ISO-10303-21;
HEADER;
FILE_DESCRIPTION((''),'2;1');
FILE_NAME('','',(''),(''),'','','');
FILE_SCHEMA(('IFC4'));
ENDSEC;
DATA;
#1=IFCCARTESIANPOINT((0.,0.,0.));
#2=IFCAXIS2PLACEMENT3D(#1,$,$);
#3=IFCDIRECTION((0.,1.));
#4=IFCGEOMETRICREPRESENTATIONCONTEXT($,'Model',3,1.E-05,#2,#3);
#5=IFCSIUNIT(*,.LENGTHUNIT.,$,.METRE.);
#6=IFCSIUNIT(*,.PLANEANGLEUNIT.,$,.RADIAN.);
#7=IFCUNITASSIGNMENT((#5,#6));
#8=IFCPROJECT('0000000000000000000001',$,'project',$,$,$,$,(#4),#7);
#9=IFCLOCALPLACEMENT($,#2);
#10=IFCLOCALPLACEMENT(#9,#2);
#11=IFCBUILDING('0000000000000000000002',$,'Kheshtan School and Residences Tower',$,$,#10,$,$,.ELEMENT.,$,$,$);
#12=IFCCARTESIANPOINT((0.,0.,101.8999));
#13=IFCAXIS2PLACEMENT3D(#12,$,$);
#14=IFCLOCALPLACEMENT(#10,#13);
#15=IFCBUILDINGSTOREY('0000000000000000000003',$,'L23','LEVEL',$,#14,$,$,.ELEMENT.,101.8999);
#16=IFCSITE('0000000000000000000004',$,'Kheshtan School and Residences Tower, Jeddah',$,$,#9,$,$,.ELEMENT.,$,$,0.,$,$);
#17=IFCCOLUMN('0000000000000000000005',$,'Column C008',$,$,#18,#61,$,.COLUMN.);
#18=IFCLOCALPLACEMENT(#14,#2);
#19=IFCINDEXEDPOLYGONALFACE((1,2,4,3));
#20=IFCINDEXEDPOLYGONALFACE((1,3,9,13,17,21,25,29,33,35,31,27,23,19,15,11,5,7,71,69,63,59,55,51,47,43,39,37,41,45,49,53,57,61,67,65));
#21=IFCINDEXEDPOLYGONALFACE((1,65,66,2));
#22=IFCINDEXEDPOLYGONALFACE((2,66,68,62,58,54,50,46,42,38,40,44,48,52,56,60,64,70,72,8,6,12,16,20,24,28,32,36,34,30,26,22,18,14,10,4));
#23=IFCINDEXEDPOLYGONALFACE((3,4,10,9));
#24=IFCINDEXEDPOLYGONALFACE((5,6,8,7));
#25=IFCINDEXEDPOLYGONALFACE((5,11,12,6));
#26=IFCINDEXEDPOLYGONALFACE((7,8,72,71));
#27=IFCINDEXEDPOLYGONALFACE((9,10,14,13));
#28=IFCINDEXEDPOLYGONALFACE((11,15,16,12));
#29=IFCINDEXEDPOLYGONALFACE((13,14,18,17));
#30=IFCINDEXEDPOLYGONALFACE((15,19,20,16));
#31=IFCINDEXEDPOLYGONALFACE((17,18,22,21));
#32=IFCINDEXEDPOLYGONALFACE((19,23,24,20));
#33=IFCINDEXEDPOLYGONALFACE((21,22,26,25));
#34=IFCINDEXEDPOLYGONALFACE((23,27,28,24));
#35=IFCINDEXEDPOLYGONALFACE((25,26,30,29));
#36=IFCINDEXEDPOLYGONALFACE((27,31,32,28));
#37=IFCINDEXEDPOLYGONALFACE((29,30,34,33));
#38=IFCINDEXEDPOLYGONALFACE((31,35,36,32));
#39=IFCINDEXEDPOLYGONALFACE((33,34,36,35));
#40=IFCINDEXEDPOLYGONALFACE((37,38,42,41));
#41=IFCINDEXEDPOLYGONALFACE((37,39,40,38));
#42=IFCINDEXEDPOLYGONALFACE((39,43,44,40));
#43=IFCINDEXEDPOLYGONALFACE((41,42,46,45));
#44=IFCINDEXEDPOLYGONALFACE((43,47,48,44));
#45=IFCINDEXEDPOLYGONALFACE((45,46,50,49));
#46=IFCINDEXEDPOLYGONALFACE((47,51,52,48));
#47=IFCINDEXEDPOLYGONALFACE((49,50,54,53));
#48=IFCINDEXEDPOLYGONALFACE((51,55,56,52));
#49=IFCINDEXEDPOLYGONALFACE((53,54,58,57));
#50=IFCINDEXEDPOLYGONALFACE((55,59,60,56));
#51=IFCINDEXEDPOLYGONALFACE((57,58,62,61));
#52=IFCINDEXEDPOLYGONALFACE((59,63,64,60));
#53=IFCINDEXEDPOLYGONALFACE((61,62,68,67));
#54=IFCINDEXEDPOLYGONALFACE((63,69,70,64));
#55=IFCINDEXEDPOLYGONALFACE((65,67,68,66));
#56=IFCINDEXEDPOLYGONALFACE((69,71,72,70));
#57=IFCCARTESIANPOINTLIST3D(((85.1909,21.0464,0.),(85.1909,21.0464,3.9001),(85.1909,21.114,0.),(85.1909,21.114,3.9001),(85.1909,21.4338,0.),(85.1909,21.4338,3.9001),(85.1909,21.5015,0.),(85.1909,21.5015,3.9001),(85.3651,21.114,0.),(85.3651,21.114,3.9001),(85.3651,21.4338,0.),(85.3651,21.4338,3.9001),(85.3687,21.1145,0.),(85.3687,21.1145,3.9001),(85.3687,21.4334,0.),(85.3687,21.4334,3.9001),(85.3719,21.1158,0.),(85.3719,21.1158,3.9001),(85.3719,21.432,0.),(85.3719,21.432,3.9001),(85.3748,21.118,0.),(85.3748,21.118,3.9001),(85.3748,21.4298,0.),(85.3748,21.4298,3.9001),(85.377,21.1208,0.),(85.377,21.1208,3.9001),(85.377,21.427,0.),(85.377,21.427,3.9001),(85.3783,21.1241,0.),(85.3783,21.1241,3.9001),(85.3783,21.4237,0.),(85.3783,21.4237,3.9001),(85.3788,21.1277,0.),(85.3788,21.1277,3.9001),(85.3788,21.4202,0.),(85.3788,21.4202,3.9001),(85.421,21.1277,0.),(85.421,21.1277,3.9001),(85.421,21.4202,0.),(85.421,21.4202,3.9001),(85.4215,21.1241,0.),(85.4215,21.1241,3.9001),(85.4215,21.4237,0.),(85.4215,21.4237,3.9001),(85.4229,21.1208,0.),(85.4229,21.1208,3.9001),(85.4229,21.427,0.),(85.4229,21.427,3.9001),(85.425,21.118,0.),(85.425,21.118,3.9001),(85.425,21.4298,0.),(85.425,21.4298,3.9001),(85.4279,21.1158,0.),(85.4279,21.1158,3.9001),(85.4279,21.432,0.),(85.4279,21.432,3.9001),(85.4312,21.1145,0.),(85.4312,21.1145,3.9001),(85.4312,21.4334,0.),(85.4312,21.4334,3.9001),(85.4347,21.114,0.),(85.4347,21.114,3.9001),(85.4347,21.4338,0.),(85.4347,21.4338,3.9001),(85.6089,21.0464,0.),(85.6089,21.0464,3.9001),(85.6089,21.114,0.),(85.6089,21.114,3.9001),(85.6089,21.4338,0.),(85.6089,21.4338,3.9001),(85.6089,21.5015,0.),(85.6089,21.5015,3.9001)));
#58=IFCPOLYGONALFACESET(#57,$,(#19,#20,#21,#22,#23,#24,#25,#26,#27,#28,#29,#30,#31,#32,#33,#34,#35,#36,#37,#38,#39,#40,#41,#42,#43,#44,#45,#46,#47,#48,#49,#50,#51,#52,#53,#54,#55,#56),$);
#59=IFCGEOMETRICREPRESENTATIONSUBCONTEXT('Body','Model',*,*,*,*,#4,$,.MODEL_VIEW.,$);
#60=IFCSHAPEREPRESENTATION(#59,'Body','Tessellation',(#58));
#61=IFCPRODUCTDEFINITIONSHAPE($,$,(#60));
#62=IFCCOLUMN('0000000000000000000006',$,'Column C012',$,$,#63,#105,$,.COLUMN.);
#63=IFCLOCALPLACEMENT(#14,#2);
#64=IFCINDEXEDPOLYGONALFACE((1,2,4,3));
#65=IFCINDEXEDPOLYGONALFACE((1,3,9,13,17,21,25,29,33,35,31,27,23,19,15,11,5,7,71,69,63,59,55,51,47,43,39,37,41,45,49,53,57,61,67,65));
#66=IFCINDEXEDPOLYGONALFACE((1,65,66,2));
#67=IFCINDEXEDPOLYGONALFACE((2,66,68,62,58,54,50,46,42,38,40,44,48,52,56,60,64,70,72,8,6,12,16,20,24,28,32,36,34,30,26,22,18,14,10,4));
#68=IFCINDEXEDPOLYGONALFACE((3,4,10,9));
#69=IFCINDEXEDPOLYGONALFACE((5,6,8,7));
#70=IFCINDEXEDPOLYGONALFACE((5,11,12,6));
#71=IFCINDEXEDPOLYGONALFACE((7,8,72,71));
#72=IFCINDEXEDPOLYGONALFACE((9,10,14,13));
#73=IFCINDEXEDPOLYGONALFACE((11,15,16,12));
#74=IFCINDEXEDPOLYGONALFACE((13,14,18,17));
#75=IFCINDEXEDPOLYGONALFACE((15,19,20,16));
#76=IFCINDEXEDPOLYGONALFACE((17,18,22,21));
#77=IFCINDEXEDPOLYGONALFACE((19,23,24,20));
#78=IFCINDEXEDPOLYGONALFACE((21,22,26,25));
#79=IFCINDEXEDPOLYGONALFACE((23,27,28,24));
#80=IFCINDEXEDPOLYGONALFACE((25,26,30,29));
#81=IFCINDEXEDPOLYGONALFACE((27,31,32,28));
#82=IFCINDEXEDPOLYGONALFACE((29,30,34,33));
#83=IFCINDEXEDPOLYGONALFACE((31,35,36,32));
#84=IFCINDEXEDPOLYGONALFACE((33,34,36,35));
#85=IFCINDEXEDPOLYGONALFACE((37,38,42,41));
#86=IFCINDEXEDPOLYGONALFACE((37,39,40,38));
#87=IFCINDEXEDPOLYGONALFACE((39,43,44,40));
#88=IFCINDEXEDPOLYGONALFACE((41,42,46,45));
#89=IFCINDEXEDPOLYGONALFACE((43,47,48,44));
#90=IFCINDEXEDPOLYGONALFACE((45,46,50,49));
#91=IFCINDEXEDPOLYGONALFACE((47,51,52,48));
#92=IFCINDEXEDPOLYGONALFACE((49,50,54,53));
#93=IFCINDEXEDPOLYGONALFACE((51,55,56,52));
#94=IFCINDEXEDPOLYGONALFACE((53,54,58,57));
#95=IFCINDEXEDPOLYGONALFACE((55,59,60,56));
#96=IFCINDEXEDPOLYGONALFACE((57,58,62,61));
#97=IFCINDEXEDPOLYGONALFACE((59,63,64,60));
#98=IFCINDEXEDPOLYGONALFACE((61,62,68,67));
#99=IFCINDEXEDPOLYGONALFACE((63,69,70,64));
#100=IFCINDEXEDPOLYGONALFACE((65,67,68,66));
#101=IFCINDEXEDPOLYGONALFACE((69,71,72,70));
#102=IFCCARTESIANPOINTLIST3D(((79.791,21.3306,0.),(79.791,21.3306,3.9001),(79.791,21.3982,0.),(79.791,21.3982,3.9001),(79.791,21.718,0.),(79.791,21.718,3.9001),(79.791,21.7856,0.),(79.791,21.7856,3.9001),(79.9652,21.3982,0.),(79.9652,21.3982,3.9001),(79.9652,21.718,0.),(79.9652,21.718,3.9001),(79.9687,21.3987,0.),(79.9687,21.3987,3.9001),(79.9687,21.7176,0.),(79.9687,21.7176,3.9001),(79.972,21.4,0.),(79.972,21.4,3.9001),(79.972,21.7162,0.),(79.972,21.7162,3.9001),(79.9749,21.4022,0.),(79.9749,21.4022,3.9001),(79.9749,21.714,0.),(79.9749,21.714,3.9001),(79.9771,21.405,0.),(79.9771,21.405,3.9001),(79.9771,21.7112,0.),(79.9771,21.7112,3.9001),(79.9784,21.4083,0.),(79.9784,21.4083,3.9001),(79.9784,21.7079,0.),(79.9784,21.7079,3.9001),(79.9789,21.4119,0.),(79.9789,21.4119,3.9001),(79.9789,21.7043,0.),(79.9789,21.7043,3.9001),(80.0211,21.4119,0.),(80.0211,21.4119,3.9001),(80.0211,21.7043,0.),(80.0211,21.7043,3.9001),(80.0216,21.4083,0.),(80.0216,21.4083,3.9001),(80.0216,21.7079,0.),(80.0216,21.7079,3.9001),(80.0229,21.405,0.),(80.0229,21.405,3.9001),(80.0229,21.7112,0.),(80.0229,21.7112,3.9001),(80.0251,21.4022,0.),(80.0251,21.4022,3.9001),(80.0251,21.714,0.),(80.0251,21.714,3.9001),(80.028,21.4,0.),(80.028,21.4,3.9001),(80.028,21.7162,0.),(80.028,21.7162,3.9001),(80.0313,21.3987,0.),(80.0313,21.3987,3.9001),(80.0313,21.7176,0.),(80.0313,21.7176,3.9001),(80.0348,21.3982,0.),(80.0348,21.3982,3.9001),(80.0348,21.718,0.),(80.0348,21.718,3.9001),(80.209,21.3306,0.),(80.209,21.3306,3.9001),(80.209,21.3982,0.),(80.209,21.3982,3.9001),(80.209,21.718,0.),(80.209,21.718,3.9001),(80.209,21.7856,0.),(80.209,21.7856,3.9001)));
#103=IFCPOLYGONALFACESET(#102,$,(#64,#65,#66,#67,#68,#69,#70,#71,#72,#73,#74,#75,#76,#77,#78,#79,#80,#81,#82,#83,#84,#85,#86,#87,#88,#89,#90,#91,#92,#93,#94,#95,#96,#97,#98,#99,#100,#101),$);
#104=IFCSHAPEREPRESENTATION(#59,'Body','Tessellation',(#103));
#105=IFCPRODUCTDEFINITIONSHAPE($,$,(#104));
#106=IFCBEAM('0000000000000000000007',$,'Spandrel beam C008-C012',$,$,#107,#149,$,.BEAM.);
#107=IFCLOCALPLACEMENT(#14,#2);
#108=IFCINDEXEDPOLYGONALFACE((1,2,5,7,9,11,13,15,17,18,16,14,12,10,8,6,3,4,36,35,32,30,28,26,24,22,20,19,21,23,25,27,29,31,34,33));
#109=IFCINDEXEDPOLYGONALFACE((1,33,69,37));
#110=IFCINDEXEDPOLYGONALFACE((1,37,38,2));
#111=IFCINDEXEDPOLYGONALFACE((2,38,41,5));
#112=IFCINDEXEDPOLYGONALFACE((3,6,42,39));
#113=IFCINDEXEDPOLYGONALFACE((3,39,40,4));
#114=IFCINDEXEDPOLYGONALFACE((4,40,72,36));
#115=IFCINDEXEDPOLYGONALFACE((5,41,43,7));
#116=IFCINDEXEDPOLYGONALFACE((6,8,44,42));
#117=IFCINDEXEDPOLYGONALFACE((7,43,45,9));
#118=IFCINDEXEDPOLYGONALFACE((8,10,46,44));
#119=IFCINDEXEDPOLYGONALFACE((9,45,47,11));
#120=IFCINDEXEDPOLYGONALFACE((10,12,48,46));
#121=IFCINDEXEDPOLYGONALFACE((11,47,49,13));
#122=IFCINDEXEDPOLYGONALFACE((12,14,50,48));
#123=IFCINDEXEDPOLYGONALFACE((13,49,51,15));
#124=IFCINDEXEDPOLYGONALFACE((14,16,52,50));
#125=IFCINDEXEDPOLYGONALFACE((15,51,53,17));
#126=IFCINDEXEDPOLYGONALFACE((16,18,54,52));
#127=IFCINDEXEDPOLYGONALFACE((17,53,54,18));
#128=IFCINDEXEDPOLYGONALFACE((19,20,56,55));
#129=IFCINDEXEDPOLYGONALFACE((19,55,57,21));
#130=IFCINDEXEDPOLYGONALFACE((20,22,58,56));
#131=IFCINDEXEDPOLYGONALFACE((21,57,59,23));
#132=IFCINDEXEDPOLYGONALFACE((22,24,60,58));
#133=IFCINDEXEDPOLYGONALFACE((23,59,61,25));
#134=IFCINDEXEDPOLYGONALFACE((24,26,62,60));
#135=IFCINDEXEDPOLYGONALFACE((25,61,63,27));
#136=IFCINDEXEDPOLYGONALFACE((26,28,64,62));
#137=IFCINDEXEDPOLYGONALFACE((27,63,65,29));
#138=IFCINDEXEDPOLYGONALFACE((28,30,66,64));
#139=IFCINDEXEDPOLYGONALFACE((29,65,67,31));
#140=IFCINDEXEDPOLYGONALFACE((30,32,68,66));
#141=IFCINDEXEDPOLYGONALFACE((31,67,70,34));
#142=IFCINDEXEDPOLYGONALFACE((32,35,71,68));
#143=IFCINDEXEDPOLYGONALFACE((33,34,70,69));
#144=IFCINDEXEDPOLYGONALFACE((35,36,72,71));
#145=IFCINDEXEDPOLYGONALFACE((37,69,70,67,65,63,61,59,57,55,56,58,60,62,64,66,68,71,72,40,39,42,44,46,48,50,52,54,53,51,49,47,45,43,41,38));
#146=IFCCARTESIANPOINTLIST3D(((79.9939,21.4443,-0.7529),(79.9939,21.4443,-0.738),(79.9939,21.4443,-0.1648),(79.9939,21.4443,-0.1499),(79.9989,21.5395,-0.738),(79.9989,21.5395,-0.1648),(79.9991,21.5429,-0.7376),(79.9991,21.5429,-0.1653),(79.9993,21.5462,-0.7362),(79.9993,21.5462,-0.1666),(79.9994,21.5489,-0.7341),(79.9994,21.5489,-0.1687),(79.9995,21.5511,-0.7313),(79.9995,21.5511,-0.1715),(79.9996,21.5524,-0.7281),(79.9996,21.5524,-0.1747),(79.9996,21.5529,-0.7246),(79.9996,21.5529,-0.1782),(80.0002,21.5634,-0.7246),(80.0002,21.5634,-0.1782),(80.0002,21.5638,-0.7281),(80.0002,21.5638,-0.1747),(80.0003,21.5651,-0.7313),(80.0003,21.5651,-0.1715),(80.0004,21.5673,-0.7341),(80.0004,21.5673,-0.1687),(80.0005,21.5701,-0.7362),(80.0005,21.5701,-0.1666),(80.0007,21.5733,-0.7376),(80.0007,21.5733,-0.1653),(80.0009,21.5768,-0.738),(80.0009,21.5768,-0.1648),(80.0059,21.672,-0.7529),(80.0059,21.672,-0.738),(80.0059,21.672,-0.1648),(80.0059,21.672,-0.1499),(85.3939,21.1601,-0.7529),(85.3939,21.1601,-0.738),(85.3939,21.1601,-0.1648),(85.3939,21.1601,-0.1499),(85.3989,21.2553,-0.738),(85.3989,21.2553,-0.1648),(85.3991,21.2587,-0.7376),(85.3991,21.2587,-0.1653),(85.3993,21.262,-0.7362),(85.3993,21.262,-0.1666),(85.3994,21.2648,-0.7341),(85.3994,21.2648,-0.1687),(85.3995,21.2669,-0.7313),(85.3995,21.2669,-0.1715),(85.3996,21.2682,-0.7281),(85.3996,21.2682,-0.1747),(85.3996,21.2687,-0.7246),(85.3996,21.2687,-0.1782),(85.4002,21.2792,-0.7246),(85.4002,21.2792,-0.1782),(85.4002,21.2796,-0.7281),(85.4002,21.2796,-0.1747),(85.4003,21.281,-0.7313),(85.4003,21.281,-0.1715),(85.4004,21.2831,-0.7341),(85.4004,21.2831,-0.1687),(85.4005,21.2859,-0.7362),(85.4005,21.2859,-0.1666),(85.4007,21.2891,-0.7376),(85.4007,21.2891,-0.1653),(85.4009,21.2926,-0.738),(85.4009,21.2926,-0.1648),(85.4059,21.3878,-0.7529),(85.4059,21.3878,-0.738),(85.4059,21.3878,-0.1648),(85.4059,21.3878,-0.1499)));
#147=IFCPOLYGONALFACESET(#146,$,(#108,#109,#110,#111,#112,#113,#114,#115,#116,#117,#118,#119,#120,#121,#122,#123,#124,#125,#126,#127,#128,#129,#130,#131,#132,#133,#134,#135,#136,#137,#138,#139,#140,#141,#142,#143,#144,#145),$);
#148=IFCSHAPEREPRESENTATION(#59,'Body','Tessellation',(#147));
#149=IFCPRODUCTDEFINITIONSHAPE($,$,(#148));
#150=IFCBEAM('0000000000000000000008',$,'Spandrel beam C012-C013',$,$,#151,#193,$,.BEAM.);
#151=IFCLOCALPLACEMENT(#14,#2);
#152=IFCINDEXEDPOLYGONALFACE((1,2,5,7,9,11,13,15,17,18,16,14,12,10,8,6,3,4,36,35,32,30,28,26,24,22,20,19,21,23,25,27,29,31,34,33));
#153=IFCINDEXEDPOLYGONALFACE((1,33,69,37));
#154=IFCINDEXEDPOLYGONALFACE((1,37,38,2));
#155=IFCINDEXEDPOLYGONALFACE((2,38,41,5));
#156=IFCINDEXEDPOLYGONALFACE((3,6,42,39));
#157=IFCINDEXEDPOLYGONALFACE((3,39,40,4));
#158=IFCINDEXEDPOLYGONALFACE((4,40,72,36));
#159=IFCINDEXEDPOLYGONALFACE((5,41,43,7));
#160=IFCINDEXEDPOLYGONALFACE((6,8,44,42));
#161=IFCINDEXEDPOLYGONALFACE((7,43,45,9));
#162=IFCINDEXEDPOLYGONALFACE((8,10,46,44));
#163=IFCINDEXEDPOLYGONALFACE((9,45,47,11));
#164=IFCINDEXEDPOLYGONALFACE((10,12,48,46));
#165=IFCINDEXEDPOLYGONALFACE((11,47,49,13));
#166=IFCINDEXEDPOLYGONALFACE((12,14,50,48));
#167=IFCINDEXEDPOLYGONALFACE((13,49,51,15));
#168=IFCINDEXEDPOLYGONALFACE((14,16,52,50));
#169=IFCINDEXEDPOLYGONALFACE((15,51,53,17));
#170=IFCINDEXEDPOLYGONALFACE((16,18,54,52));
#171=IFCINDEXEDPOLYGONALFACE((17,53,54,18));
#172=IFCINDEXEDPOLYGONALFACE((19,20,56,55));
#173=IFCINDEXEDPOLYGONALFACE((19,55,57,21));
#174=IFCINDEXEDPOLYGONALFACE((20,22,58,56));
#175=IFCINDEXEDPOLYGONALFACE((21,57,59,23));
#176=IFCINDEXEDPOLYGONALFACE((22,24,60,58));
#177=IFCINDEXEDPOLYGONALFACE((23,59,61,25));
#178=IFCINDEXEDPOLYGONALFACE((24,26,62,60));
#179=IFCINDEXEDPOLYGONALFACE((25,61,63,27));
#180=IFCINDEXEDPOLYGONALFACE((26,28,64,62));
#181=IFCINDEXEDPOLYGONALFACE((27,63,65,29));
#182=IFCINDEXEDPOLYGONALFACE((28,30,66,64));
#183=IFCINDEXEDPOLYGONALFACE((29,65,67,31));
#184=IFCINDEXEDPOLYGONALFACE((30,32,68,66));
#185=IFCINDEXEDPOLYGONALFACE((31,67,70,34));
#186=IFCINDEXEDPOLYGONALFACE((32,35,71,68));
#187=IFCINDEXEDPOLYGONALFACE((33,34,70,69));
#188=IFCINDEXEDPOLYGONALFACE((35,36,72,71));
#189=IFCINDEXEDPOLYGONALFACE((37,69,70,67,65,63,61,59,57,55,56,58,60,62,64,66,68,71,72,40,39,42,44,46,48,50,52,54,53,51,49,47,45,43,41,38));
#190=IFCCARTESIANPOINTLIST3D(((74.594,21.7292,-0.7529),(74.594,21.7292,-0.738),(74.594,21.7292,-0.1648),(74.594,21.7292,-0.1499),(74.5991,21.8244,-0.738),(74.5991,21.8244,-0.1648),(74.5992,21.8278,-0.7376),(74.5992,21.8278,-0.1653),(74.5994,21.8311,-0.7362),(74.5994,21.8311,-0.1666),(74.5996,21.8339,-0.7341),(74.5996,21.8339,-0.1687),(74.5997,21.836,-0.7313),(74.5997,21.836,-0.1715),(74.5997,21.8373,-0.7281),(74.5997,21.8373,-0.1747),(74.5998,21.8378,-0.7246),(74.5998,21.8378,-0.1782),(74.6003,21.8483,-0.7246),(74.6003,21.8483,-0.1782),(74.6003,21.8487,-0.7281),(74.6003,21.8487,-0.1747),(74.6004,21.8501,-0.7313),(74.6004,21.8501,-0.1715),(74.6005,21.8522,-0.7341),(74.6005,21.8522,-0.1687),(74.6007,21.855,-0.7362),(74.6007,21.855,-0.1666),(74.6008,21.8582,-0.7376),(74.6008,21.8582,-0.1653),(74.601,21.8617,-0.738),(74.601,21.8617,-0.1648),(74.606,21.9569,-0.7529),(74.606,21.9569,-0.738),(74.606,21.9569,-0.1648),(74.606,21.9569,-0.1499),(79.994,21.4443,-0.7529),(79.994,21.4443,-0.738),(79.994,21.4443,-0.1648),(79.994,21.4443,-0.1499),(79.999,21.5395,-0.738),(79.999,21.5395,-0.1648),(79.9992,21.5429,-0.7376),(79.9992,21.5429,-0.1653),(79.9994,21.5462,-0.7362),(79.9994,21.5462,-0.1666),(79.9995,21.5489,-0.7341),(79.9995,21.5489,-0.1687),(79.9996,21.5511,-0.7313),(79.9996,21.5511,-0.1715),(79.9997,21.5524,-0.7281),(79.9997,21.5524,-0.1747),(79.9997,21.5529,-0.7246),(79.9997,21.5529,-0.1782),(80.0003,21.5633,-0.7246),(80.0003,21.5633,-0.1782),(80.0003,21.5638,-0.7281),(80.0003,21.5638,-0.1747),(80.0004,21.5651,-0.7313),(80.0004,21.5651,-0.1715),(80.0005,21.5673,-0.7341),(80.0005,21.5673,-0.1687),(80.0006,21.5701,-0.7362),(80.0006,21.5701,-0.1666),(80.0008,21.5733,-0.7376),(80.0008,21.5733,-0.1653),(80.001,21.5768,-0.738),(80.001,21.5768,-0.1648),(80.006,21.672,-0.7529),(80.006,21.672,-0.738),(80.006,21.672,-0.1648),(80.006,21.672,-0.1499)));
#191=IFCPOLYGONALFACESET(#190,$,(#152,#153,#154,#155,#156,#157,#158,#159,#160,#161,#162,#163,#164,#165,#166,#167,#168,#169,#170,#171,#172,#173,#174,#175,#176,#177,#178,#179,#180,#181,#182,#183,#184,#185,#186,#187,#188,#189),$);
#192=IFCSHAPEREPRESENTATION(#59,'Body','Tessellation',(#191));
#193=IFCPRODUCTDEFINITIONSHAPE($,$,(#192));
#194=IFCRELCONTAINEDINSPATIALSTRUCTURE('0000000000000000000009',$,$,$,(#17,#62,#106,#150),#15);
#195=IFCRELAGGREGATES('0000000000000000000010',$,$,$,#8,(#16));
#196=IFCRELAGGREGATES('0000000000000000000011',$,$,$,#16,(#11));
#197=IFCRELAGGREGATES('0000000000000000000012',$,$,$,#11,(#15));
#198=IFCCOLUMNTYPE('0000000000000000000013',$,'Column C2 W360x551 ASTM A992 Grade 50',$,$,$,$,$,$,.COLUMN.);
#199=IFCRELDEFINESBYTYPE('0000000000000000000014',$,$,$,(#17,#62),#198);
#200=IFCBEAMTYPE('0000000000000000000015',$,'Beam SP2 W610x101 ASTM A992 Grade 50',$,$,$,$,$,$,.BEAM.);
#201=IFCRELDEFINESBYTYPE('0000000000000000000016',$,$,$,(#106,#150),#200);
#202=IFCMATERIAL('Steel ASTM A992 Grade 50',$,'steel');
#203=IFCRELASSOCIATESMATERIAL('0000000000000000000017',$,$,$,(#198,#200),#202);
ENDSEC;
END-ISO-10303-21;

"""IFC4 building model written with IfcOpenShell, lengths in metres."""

from ifc_helpers import new_model, si_unit, direction, frame, origin, origin_2d, place, context, subcontext, project, spatial, i_section, extrude, material, material_profile, profile_set, type_object, element, save


model = new_model("IFC4")

# Units and contexts
model_context = context("Model", 3, precision=1e-05, world=origin(), true_north=direction((0.0, 1.0)))
body_context = subcontext(model_context, "Body", "Model", "MODEL_VIEW")
ifc_project = project(units=[si_unit("LENGTHUNIT", "METRE"), si_unit("PLANEANGLEUNIT", "RADIAN")], contexts=[model_context])

# Site, building, storey
site_placement = place(None, origin())
site = spatial("IfcSite", under=ifc_project, at=site_placement, Name="Kheshtan School and Residences Tower, Jeddah", CompositionType="ELEMENT", RefElevation=0.0)
building_placement = place(site_placement, origin())
building = spatial("IfcBuilding", under=site, at=building_placement, Name="Kheshtan School and Residences Tower", CompositionType="ELEMENT")
storey_placement = place(building_placement, frame((0.0, 0.0, 101.8999)))
storey = spatial("IfcBuildingStorey", under=building, at=storey_placement, Name="L23", Description="LEVEL", CompositionType="ELEMENT", Elevation=101.8999)

# Columns
ifc_material_1 = material(Name="Steel ASTM A992 Grade 50", Category="steel")
ifc_material_profile_1 = material_profile(ifc_material_1, i_section(OverallWidth=0.418, OverallDepth=0.4551, WebThickness=0.0422, FlangeThickness=0.0676, FilletRadius=0.0137, at=origin_2d()), Name="W360x551")
ifc_profile_set_1 = profile_set([ifc_material_profile_1], Name="Steel ASTM A992 Grade 50")
column_type = type_object("IfcColumnType", Name="Column C2 W360x551 ASTM A992 Grade 50", PredefinedType="COLUMN", material=ifc_profile_set_1)
for number, where, z_axis, x_axis, name in (
    (1, (85.3999, 21.2739, 0.0), (0.0, 0.0, 1.0), (1.0, 0.0, 0.0), "Column C008"),
    (2, (80.0, 21.5581, 0.0), (0.0, 0.0, 1.0), (1.0, 0.0, 0.0), "Column C012"),
):
    element("IfcColumn", number, at=place(storey_placement, frame(where, z_axis=z_axis, x_axis=x_axis)), inside=storey, type_object=column_type, Name=name, PredefinedType="COLUMN", context=body_context, shape_type="SweptSolid", body=[
        extrude(i_section(OverallWidth=0.418, OverallDepth=0.4551, WebThickness=0.0422, FlangeThickness=0.0676, FilletRadius=0.0137, at=origin_2d()), origin(), (0.0, 0.0, 1.0), 3.9001),
    ])

# Beams
ifc_material_profile_2 = material_profile(ifc_material_1, i_section(OverallWidth=0.228, OverallDepth=0.603, WebThickness=0.0105, FlangeThickness=0.0149, FilletRadius=0.0134, at=origin_2d()), Name="W610x101")
ifc_profile_set_2 = profile_set([ifc_material_profile_2], Name="Steel ASTM A992 Grade 50")
beam_type = type_object("IfcBeamType", Name="Beam SP2 W610x101 ASTM A992 Grade 50", PredefinedType="BEAM", material=ifc_profile_set_2)
for number, where, z_axis, x_axis, name in (
    (3, (85.3999, 21.2739, -0.4514), (-0.998618, 0.052554, 0.0), (-0.052554, -0.998618, 0.0), "Spandrel beam C008-C012"),
    (4, (80.0, 21.5581, -0.4514), (-0.998611, 0.052689, 0.0), (-0.052689, -0.998611, 0.0), "Spandrel beam C012-C013"),
):
    element("IfcBeam", number, at=place(storey_placement, frame(where, z_axis=z_axis, x_axis=x_axis)), inside=storey, type_object=beam_type, Name=name, PredefinedType="BEAM", context=body_context, shape_type="SweptSolid", body=[
        extrude(i_section(OverallWidth=0.228, OverallDepth=0.603, WebThickness=0.0105, FlangeThickness=0.0149, FilletRadius=0.0134, at=origin_2d()), origin(), (0.0, 0.0, 1.0), 5.4075),
    ])

save(model, "model.ifc")
